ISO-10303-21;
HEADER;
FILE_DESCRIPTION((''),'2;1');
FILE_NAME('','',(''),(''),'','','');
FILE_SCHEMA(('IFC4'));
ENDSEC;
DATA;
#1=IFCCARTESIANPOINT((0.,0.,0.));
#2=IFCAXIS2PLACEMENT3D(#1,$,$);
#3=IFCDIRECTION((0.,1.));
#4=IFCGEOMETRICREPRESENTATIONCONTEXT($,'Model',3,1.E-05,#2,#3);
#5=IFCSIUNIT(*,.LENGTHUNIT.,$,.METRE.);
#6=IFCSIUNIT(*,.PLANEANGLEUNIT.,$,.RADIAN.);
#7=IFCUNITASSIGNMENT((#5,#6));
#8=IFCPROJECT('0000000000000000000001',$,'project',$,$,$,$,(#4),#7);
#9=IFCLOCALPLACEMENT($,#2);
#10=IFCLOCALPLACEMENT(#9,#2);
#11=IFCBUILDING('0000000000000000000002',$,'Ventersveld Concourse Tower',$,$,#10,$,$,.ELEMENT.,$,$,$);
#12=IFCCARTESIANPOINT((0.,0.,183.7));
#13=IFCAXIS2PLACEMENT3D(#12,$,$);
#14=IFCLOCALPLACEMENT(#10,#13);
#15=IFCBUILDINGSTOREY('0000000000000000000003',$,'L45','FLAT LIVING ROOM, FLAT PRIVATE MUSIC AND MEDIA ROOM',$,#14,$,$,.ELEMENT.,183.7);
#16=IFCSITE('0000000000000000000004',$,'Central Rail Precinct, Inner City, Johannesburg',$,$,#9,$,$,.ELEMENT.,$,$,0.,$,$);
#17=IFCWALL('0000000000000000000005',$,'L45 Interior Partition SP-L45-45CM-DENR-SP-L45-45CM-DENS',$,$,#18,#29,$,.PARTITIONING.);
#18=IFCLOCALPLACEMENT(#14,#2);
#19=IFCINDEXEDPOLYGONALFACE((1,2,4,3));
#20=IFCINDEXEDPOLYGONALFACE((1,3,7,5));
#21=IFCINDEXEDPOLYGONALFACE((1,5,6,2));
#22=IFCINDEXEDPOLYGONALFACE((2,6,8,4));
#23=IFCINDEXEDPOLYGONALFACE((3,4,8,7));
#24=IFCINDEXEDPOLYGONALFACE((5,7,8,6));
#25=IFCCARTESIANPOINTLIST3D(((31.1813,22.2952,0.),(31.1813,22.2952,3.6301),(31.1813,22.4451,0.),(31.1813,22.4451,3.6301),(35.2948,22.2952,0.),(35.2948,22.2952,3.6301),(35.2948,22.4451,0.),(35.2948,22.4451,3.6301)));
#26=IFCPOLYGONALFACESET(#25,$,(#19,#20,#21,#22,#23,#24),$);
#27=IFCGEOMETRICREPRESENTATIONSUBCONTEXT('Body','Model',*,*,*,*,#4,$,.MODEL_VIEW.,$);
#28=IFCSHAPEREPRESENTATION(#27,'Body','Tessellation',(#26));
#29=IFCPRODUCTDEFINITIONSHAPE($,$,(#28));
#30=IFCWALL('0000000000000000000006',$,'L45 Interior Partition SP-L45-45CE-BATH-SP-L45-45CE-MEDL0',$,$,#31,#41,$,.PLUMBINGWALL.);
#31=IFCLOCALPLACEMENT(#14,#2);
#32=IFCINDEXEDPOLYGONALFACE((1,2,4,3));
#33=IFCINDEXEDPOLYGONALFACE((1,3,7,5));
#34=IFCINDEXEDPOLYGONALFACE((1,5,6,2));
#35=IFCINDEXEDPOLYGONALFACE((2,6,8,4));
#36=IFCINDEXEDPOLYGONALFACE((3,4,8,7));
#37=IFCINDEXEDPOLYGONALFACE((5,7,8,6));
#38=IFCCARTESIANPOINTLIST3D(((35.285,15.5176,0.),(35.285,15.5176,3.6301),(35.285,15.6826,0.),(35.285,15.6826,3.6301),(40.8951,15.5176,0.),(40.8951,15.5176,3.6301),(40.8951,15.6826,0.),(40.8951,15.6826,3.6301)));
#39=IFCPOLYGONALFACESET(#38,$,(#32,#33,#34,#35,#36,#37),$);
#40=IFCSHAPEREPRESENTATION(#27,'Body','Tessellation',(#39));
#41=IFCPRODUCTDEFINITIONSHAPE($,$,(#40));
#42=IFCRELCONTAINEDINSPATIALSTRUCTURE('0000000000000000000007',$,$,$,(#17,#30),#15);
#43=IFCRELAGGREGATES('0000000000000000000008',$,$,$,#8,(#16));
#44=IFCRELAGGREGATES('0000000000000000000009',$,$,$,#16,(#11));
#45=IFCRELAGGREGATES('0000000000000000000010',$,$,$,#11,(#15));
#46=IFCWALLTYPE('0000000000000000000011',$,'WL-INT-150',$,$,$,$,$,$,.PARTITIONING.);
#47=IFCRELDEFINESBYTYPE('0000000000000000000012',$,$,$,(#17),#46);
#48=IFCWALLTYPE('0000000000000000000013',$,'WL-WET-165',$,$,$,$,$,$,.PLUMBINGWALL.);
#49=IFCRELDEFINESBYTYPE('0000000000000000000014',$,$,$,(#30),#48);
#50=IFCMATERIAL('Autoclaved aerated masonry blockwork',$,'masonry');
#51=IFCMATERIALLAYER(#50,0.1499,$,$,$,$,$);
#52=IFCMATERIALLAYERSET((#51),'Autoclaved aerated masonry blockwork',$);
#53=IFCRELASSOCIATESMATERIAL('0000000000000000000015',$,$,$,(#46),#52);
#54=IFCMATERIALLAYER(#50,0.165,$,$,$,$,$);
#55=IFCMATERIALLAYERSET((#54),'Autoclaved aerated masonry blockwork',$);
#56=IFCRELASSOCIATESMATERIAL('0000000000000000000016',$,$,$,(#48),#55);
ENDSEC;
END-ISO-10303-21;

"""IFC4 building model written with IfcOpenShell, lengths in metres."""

from ifc_helpers import new_model, si_unit, direction, frame, frame_2d, origin, place, context, subcontext, project, spatial, rectangle, extrude, material, layer, layer_set, type_object, element, save


model = new_model("IFC4")

# Units and contexts
model_context = context("Model", 3, precision=1e-05, world=origin(), true_north=direction((0.0, 1.0)))
body_context = subcontext(model_context, "Body", "Model", "MODEL_VIEW")
ifc_project = project(units=[si_unit("LENGTHUNIT", "METRE"), si_unit("PLANEANGLEUNIT", "RADIAN")], contexts=[model_context])

# Site, building, storey
site_placement = place(None, origin())
site = spatial("IfcSite", under=ifc_project, at=site_placement, Name="Central Rail Precinct, Inner City, Johannesburg", CompositionType="ELEMENT", RefElevation=0.0)
building_placement = place(site_placement, origin())
building = spatial("IfcBuilding", under=site, at=building_placement, Name="Ventersveld Concourse Tower", CompositionType="ELEMENT")
storey_placement = place(building_placement, frame((0.0, 0.0, 183.7)))
storey = spatial("IfcBuildingStorey", under=building, at=storey_placement, Name="L45", Description="FLAT LIVING ROOM, FLAT PRIVATE MUSIC AND MEDIA ROOM", CompositionType="ELEMENT", Elevation=183.7)

# Shared definitions
ifc_material_1 = material(Name="Autoclaved aerated masonry blockwork", Category="masonry")
ifc_layer_1 = layer(ifc_material_1, 0.1499)
ifc_layer_set_1 = layer_set([ifc_layer_1], Name="Autoclaved aerated masonry blockwork")
wall_type_1 = type_object("IfcWallType", Name="WL-INT-150", PredefinedType="PARTITIONING", material=ifc_layer_set_1)

# Walls
for number, where, z_axis, x_axis, name in (
    (1, (31.1814, 22.3701, 0.0), (0.0, 0.0, 1.0), (1.0, 0.0, 0.0), "L45 Interior Partition SP-L45-45CM-DENR-SP-L45-45CM-DENS"),
):
    element("IfcWall", number, at=place(storey_placement, frame(where, z_axis=z_axis, x_axis=x_axis)), inside=storey, type_object=wall_type_1, Name=name, PredefinedType="PARTITIONING", context=body_context, shape_type="SweptSolid", body=[
        extrude(rectangle(XDim=4.1135, YDim=0.1499, at=frame_2d((2.0566, 0.0))), origin(), (0.0, 0.0, 1.0), 3.6301),
    ])
ifc_layer_2 = layer(ifc_material_1, 0.165)
ifc_layer_set_2 = layer_set([ifc_layer_2], Name="Autoclaved aerated masonry blockwork")
wall_type_2 = type_object("IfcWallType", Name="WL-WET-165", PredefinedType="PLUMBINGWALL", material=ifc_layer_set_2)
wall_1_placement = place(storey_placement, frame((35.2849, 15.6001, 0.0), z_axis=(0.0, 0.0, 1.0), x_axis=(1.0, 0.0, 0.0)))
element("IfcWall", 2, at=wall_1_placement, inside=storey, type_object=wall_type_2, Name="L45 Interior Partition SP-L45-45CE-BATH-SP-L45-45CE-MEDL0", PredefinedType="PLUMBINGWALL", context=body_context, shape_type="SweptSolid", body=[
    extrude(rectangle(XDim=5.6101, YDim=0.165, at=frame_2d((2.8052, 0.0))), origin(), (0.0, 0.0, 1.0), 3.6301),
])

save(model, "model.ifc")
